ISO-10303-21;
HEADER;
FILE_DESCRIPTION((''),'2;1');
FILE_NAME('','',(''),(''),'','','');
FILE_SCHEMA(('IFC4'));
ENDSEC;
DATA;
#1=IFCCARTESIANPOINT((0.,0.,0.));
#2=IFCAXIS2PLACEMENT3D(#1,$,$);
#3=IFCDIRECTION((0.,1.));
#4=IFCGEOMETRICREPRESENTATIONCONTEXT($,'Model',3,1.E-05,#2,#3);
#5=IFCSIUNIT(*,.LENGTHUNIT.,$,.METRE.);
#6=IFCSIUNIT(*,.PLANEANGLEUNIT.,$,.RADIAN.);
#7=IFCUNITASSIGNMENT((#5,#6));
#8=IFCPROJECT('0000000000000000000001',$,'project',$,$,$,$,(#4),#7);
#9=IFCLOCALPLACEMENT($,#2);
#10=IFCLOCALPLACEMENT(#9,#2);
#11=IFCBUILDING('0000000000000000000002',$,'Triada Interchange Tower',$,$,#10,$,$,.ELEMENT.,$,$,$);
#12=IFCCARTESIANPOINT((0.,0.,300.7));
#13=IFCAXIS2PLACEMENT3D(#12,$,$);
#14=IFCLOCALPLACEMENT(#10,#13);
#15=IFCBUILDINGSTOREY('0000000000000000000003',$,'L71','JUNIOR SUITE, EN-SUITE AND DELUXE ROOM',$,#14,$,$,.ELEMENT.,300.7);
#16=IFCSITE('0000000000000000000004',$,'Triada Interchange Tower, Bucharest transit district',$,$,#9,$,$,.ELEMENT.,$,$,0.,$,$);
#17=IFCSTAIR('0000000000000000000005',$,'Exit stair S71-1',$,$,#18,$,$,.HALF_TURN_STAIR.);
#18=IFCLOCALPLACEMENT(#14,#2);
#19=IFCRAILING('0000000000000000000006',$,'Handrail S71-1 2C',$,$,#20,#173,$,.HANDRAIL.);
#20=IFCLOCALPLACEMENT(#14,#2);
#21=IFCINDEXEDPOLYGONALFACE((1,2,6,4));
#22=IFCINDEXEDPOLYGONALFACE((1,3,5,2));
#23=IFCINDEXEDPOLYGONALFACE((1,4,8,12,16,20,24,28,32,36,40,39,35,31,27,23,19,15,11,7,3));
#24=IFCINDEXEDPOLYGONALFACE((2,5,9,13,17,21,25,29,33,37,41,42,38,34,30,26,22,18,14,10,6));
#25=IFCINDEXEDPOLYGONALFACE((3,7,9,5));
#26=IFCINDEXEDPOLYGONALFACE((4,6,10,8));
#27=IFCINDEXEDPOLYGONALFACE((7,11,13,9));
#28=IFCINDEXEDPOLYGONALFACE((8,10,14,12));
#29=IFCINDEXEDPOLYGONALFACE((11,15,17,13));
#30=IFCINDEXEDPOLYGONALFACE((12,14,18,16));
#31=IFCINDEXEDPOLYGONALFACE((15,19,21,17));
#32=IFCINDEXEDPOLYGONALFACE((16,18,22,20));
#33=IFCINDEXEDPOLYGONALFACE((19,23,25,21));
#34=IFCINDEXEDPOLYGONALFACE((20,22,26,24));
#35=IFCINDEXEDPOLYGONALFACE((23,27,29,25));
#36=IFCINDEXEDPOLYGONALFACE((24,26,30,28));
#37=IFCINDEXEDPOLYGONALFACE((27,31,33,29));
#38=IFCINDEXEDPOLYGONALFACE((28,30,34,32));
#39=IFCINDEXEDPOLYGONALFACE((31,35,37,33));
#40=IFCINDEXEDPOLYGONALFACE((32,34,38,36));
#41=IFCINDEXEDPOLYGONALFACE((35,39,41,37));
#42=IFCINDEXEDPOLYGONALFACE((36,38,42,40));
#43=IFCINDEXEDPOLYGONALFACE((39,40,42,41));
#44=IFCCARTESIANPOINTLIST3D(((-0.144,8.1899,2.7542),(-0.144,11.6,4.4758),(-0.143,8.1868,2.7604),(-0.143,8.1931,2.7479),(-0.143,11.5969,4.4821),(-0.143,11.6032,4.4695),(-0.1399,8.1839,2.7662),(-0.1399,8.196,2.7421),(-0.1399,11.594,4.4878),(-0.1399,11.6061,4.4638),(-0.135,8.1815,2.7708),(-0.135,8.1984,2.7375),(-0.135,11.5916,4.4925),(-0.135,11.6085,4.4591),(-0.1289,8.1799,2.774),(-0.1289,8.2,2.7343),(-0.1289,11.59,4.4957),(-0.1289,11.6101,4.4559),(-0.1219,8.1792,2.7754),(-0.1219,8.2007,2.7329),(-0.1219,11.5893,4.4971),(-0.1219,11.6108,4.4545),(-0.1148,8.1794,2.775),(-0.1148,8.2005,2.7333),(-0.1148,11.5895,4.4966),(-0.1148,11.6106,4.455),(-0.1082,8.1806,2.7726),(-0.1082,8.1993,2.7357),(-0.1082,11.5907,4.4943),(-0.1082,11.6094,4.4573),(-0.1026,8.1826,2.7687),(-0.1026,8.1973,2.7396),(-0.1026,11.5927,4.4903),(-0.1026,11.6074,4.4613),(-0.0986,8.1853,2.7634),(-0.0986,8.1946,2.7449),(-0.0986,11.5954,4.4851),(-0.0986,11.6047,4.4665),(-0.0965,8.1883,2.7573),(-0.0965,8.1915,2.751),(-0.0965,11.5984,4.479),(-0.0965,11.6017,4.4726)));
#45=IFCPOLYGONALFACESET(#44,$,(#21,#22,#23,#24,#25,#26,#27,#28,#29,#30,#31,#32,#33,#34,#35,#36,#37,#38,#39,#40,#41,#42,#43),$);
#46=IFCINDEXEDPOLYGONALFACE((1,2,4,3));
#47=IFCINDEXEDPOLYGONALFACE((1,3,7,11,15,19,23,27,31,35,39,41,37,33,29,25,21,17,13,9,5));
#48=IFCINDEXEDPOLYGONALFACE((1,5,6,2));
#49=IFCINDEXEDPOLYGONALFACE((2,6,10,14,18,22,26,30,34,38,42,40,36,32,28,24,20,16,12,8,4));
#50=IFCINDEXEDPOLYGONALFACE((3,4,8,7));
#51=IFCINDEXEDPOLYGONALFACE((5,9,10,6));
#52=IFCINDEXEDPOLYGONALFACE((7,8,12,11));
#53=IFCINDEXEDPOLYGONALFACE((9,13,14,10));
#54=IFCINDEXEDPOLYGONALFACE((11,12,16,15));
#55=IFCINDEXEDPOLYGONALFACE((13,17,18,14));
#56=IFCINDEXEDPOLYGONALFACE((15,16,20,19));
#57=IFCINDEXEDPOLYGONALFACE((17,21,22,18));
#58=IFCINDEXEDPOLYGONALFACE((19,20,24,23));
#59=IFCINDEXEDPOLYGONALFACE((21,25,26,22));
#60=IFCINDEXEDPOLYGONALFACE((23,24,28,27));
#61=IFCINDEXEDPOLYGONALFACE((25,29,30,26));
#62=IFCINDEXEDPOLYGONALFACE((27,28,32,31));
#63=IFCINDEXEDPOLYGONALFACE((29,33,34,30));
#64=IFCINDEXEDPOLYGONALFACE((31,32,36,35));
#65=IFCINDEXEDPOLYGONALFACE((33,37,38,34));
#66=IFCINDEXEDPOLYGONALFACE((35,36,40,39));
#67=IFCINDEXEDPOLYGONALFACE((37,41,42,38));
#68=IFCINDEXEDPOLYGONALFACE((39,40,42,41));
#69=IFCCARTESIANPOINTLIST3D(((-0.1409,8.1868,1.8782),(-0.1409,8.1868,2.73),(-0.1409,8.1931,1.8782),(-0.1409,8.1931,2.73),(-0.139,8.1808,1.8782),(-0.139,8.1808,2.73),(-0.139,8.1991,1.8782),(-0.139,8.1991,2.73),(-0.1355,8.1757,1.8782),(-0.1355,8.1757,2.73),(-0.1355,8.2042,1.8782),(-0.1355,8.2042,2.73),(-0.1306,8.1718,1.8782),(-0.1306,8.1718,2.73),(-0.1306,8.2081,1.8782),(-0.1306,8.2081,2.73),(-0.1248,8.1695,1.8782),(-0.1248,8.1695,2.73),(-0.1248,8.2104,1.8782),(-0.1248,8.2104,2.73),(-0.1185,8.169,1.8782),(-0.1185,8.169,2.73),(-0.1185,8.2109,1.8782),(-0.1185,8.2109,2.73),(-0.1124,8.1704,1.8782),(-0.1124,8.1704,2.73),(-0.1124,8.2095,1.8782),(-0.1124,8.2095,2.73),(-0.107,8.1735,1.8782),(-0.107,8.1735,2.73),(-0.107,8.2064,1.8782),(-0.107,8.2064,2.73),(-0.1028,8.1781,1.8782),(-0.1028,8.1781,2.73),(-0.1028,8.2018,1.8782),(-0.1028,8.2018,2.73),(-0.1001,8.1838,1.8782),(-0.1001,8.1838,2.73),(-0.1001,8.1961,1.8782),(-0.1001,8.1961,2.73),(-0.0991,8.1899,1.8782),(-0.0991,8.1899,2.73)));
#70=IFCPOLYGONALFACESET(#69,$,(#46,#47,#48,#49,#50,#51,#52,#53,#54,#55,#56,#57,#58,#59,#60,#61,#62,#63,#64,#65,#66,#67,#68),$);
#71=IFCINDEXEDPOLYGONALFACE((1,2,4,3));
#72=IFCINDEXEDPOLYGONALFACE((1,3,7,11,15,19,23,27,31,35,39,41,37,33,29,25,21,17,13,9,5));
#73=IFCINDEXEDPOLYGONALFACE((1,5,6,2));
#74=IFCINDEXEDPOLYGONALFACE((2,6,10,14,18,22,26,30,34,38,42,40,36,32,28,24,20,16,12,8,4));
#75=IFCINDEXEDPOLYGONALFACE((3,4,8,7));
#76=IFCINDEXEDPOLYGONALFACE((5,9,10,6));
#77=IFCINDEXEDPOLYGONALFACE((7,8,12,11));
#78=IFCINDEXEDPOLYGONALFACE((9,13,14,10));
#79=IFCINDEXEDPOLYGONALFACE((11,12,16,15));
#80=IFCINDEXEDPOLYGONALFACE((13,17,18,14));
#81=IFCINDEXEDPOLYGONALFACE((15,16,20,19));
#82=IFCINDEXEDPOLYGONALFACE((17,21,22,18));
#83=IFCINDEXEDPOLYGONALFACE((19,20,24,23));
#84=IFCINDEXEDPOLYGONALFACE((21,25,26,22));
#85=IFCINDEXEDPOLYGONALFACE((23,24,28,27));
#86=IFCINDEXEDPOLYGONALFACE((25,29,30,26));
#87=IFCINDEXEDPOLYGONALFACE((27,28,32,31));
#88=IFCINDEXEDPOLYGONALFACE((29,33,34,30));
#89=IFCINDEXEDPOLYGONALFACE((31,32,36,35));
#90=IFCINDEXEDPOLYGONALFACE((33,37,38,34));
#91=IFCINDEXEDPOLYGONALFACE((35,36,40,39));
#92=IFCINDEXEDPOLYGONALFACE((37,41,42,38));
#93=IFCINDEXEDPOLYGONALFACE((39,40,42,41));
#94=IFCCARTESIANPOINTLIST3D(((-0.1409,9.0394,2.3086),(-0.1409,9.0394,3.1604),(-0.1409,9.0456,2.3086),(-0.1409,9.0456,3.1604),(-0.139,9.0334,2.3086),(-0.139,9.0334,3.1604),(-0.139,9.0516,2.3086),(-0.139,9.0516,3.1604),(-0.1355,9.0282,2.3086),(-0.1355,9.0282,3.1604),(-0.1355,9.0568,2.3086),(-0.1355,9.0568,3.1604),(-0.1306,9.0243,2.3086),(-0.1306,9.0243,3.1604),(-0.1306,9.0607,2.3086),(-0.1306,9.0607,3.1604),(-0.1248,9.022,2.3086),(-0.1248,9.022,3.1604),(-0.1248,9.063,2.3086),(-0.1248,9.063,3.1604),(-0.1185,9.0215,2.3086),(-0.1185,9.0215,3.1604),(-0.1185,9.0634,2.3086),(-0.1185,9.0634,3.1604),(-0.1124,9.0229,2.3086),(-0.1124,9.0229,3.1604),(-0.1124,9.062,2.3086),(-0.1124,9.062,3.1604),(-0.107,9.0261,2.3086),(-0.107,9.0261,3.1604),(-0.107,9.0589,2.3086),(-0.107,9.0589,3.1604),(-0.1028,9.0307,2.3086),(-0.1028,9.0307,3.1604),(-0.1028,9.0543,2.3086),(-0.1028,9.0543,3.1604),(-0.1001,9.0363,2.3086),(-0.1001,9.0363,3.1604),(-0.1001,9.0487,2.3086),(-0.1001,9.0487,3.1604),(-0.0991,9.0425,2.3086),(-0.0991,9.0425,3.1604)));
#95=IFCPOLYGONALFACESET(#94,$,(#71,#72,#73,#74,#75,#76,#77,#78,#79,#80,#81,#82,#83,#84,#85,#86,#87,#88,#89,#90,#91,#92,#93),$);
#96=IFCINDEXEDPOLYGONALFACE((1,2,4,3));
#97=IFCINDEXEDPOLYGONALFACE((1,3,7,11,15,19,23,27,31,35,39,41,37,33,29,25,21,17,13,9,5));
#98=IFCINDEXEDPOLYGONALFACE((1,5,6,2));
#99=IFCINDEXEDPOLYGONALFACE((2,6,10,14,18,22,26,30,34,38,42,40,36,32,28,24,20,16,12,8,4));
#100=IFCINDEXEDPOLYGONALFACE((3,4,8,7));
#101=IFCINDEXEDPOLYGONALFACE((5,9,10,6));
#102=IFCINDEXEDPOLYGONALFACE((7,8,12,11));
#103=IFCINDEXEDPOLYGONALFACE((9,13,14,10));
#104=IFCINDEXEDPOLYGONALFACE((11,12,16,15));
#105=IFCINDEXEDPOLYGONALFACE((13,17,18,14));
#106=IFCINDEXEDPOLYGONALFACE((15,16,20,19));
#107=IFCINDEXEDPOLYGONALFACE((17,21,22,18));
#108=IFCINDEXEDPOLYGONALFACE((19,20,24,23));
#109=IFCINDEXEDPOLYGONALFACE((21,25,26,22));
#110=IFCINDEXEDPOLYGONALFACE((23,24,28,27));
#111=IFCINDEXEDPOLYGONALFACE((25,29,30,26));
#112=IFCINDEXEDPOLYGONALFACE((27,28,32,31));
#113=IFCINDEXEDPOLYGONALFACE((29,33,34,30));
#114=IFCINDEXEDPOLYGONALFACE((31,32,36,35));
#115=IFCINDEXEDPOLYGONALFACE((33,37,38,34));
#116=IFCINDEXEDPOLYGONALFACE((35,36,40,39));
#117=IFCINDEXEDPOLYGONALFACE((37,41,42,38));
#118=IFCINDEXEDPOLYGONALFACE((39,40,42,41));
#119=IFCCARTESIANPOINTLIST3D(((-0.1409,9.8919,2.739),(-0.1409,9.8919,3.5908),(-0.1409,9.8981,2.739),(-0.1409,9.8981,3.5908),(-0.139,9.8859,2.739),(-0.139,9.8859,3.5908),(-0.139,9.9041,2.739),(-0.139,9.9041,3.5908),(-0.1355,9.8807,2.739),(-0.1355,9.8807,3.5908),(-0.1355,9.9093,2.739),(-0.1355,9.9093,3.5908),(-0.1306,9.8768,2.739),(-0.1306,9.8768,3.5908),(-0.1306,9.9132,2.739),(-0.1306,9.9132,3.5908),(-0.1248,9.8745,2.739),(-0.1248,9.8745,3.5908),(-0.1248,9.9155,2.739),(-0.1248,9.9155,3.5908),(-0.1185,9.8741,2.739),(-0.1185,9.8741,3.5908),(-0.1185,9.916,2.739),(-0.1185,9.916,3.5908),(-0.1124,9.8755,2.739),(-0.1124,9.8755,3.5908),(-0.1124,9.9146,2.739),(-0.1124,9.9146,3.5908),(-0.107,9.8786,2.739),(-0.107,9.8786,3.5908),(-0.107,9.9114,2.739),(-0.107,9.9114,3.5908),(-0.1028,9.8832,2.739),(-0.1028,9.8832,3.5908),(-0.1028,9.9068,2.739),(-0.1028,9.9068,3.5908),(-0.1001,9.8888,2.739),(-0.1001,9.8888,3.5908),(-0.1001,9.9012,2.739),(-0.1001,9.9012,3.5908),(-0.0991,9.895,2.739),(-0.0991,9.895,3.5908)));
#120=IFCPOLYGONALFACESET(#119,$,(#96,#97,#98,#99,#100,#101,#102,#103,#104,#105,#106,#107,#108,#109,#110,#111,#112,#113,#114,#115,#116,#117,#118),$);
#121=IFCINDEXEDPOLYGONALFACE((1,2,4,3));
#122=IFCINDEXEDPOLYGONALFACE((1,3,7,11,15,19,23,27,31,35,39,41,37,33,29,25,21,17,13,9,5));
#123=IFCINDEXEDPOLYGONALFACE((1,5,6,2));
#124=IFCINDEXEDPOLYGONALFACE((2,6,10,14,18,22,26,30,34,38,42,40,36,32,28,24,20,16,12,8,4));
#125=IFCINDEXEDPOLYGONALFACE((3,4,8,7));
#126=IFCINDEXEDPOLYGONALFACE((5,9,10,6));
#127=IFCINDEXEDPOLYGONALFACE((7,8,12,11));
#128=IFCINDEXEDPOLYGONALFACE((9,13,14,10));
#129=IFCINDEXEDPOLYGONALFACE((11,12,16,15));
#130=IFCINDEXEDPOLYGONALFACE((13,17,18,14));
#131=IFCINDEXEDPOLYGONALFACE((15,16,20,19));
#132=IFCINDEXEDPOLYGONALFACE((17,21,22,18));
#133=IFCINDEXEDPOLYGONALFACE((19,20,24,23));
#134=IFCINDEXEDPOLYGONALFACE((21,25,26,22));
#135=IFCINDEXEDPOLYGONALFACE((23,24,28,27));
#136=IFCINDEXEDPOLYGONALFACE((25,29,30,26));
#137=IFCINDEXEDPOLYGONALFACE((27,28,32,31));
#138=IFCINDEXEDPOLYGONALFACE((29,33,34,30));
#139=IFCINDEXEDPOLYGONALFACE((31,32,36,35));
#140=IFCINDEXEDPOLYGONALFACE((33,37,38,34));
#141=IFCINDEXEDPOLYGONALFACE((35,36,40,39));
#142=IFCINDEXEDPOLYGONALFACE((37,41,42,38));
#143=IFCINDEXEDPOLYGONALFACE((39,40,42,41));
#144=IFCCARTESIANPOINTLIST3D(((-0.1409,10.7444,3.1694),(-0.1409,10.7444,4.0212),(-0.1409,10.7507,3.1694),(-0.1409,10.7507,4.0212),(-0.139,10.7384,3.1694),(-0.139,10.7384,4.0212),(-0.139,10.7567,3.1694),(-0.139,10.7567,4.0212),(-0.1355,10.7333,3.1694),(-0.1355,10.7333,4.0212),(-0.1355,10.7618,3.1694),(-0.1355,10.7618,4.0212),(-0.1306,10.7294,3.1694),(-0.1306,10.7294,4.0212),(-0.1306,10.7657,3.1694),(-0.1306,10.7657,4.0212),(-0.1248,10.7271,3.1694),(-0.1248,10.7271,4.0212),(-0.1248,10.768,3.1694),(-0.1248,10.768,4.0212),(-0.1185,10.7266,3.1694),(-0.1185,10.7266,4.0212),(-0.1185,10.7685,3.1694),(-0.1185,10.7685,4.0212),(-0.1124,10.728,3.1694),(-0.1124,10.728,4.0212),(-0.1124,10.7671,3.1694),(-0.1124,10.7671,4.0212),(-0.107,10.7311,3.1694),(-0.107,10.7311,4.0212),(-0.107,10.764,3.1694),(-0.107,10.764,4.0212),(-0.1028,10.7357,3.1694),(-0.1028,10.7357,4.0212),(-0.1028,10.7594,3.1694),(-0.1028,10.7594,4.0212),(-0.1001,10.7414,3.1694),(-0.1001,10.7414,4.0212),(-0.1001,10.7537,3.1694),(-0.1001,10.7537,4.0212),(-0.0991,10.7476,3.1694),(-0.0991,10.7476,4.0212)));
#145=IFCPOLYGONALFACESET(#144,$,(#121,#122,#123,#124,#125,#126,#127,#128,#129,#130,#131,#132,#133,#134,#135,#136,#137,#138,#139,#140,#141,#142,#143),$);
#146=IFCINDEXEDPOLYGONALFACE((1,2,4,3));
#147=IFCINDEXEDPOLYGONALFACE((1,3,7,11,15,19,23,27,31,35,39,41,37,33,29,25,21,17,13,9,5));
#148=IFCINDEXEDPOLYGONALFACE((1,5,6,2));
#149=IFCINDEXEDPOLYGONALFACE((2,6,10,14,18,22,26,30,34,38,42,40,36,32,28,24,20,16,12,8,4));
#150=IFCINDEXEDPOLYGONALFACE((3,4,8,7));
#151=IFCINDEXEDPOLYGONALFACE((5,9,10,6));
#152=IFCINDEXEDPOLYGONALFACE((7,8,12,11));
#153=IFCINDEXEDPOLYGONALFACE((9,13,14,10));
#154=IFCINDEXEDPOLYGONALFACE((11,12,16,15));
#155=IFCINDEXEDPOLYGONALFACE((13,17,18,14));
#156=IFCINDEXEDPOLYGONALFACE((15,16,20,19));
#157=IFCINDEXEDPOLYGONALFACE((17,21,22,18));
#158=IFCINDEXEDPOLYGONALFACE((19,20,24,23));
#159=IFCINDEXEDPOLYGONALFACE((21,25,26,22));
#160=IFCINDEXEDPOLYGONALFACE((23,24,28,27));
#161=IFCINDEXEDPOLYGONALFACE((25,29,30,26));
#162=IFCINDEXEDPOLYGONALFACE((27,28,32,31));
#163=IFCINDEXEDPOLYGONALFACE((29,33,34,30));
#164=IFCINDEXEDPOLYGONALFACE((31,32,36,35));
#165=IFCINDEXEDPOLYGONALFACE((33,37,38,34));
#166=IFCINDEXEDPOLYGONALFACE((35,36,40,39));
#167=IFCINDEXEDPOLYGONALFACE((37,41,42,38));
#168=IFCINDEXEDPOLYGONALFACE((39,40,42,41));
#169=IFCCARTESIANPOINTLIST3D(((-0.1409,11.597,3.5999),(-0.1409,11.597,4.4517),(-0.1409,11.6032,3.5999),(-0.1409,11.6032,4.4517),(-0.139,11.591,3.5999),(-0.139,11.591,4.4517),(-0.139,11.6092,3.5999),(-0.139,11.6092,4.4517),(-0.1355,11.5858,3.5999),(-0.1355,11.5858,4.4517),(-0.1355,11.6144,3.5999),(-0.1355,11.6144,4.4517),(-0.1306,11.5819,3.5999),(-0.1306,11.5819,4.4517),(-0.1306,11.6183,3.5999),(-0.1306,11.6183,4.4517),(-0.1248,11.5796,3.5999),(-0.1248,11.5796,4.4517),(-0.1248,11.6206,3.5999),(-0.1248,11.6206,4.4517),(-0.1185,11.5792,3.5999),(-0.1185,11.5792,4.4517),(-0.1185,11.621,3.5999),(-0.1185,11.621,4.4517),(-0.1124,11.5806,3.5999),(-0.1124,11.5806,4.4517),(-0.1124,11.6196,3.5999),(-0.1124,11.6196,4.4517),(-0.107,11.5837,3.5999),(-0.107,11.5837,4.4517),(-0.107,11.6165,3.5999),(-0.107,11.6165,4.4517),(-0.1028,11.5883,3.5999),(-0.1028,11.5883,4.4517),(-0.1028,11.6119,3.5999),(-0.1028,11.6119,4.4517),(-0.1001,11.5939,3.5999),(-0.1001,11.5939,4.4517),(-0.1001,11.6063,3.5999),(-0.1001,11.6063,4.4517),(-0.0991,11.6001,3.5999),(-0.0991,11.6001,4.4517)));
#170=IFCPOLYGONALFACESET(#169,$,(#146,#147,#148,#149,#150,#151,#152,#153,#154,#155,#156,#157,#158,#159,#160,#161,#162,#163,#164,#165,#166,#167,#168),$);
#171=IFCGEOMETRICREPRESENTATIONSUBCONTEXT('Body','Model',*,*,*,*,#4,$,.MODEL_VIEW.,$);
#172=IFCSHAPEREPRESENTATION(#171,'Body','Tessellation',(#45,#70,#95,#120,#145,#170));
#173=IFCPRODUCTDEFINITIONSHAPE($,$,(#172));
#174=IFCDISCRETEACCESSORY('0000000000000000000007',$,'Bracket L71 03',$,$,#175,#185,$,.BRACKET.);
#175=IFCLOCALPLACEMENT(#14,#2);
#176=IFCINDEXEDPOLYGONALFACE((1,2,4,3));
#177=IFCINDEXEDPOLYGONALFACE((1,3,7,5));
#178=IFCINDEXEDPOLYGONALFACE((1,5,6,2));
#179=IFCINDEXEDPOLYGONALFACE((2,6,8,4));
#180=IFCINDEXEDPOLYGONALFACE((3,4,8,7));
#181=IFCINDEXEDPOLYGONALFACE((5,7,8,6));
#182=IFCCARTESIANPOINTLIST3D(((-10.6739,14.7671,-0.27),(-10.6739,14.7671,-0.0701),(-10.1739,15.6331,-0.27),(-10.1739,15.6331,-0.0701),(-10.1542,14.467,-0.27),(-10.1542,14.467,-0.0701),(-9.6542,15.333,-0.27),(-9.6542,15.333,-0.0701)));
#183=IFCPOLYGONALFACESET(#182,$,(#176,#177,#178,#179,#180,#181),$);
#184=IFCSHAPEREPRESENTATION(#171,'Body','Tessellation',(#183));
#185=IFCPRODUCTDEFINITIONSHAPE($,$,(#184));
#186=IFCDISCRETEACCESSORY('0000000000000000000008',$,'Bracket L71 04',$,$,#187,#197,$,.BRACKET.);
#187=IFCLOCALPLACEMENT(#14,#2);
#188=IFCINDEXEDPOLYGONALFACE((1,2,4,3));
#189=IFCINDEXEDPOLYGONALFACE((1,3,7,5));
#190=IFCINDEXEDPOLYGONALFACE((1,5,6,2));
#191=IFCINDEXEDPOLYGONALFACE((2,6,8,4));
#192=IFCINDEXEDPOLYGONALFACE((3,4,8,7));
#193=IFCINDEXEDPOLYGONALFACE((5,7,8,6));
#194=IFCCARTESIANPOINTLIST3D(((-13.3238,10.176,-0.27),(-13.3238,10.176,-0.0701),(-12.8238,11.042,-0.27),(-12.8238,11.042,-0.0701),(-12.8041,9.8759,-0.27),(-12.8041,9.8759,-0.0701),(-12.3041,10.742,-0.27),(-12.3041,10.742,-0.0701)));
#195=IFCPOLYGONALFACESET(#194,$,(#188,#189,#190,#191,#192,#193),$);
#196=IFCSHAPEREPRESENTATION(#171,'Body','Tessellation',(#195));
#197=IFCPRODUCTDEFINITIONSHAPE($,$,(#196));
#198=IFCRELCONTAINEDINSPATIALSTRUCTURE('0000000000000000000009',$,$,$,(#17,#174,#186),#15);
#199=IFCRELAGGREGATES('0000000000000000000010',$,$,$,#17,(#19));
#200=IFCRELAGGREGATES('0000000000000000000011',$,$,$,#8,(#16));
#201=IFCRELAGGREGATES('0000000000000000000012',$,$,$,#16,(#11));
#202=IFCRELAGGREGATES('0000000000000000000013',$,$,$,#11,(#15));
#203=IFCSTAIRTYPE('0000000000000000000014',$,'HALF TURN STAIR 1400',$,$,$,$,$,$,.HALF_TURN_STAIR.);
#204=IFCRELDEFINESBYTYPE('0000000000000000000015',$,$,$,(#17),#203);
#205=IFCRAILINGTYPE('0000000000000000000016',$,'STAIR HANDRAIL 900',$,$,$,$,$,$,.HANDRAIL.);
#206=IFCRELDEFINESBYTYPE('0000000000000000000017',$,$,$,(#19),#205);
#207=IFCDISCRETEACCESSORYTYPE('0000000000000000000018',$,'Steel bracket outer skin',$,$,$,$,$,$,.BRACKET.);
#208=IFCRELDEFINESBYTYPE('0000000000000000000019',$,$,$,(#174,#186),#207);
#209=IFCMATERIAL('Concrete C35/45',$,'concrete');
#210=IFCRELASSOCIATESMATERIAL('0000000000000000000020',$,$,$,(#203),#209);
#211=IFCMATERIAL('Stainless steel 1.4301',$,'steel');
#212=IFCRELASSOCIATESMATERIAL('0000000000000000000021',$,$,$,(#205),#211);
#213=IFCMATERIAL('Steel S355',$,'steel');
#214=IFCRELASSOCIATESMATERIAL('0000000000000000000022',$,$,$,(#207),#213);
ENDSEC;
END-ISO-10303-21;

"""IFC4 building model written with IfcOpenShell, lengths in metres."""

from ifc_helpers import new_model, si_unit, direction, frame, origin, origin_2d, place, context, subcontext, project, spatial, rectangle, circle, extrude, material, type_object, element, aggregate, save


model = new_model("IFC4")

# Units and contexts
model_context = context("Model", 3, precision=1e-05, world=origin(), true_north=direction((0.0, 1.0)))
body_context = subcontext(model_context, "Body", "Model", "MODEL_VIEW")
ifc_project = project(units=[si_unit("LENGTHUNIT", "METRE"), si_unit("PLANEANGLEUNIT", "RADIAN")], contexts=[model_context])

# Site, building, storey
site_placement = place(None, origin())
site = spatial("IfcSite", under=ifc_project, at=site_placement, Name="Triada Interchange Tower, Bucharest transit district", CompositionType="ELEMENT", RefElevation=0.0)
building_placement = place(site_placement, origin())
building = spatial("IfcBuilding", under=site, at=building_placement, Name="Triada Interchange Tower", CompositionType="ELEMENT")
storey_placement = place(building_placement, frame((0.0, 0.0, 300.7)))
storey = spatial("IfcBuildingStorey", under=building, at=storey_placement, Name="L71", Description="JUNIOR SUITE, EN-SUITE AND DELUXE ROOM", CompositionType="ELEMENT", Elevation=300.7)

# Stair
ifc_material_1 = material(Name="Concrete C35/45", Category="concrete")
stair_type = type_object("IfcStairType", Name="HALF TURN STAIR 1400", PredefinedType="HALF_TURN_STAIR", material=ifc_material_1)
stair_placement = place(storey_placement, origin())
stair = element("IfcStair", 1, at=stair_placement, inside=storey, type_object=stair_type, Name="Exit stair S71-1", PredefinedType="HALF_TURN_STAIR")

# Railing
ifc_material_2 = material(Name="Stainless steel 1.4301", Category="steel")
railing_type = type_object("IfcRailingType", Name="STAIR HANDRAIL 900", PredefinedType="HANDRAIL", material=ifc_material_2)
railing_1_placement = place(storey_placement, frame((-0.1201, 8.1899, 1.8782)))
railing_1 = element("IfcRailing", 2, at=railing_1_placement, type_object=railing_type, Name="Handrail S71-1 2C", PredefinedType="HANDRAIL", context=body_context, shape_type="SweptSolid", body=[
    extrude(circle(Radius=0.0239, at=origin_2d()), frame((0.0, 0.0, 0.876), z_axis=(0.0, 0.892682, 0.450687), x_axis=(-1.0, 0.0, 0.0)), (0.0, 0.0, 1.0), 3.8201),
    extrude(circle(Radius=0.021, at=origin_2d()), origin(), (0.0, 0.0, 1.0), 0.8518),
    extrude(circle(Radius=0.021, at=origin_2d()), frame((0.0, 0.8525, 0.4304)), (0.0, 0.0, 1.0), 0.8518),
    extrude(circle(Radius=0.021, at=origin_2d()), frame((0.0, 1.7051, 0.8608)), (0.0, 0.0, 1.0), 0.8518),
    extrude(circle(Radius=0.021, at=origin_2d()), frame((0.0, 2.5576, 1.2913)), (0.0, 0.0, 1.0), 0.8518),
    extrude(circle(Radius=0.021, at=origin_2d()), frame((0.0, 3.4102, 1.7217)), (0.0, 0.0, 1.0), 0.8518),
])
aggregate(stair, [railing_1])

# Discrete accessories
ifc_material_3 = material(Name="Steel S355", Category="steel")
discrete_accessory_type = type_object("IfcDiscreteAccessoryType", Name="Steel bracket outer skin", PredefinedType="BRACKET", material=ifc_material_3)
for number, where, z_axis, x_axis, name in (
    (3, (-10.1641, 15.05, -0.27), (0.0, 0.0, 1.0), (-0.866027, 0.499997, 0.0), "Bracket L71 03"),
    (4, (-12.814, 10.459, -0.27), (0.0, 0.0, 1.0), (-0.866027, 0.499997, 0.0), "Bracket L71 04"),
):
    element("IfcDiscreteAccessory", number, at=place(storey_placement, frame(where, z_axis=z_axis, x_axis=x_axis)), inside=storey, type_object=discrete_accessory_type, Name=name, PredefinedType="BRACKET", context=body_context, shape_type="SweptSolid", body=[
        extrude(rectangle(XDim=0.6001, YDim=1.0, at=origin_2d()), origin(), (0.0, 0.0, 1.0), 0.2),
    ])

save(model, "model.ifc")
